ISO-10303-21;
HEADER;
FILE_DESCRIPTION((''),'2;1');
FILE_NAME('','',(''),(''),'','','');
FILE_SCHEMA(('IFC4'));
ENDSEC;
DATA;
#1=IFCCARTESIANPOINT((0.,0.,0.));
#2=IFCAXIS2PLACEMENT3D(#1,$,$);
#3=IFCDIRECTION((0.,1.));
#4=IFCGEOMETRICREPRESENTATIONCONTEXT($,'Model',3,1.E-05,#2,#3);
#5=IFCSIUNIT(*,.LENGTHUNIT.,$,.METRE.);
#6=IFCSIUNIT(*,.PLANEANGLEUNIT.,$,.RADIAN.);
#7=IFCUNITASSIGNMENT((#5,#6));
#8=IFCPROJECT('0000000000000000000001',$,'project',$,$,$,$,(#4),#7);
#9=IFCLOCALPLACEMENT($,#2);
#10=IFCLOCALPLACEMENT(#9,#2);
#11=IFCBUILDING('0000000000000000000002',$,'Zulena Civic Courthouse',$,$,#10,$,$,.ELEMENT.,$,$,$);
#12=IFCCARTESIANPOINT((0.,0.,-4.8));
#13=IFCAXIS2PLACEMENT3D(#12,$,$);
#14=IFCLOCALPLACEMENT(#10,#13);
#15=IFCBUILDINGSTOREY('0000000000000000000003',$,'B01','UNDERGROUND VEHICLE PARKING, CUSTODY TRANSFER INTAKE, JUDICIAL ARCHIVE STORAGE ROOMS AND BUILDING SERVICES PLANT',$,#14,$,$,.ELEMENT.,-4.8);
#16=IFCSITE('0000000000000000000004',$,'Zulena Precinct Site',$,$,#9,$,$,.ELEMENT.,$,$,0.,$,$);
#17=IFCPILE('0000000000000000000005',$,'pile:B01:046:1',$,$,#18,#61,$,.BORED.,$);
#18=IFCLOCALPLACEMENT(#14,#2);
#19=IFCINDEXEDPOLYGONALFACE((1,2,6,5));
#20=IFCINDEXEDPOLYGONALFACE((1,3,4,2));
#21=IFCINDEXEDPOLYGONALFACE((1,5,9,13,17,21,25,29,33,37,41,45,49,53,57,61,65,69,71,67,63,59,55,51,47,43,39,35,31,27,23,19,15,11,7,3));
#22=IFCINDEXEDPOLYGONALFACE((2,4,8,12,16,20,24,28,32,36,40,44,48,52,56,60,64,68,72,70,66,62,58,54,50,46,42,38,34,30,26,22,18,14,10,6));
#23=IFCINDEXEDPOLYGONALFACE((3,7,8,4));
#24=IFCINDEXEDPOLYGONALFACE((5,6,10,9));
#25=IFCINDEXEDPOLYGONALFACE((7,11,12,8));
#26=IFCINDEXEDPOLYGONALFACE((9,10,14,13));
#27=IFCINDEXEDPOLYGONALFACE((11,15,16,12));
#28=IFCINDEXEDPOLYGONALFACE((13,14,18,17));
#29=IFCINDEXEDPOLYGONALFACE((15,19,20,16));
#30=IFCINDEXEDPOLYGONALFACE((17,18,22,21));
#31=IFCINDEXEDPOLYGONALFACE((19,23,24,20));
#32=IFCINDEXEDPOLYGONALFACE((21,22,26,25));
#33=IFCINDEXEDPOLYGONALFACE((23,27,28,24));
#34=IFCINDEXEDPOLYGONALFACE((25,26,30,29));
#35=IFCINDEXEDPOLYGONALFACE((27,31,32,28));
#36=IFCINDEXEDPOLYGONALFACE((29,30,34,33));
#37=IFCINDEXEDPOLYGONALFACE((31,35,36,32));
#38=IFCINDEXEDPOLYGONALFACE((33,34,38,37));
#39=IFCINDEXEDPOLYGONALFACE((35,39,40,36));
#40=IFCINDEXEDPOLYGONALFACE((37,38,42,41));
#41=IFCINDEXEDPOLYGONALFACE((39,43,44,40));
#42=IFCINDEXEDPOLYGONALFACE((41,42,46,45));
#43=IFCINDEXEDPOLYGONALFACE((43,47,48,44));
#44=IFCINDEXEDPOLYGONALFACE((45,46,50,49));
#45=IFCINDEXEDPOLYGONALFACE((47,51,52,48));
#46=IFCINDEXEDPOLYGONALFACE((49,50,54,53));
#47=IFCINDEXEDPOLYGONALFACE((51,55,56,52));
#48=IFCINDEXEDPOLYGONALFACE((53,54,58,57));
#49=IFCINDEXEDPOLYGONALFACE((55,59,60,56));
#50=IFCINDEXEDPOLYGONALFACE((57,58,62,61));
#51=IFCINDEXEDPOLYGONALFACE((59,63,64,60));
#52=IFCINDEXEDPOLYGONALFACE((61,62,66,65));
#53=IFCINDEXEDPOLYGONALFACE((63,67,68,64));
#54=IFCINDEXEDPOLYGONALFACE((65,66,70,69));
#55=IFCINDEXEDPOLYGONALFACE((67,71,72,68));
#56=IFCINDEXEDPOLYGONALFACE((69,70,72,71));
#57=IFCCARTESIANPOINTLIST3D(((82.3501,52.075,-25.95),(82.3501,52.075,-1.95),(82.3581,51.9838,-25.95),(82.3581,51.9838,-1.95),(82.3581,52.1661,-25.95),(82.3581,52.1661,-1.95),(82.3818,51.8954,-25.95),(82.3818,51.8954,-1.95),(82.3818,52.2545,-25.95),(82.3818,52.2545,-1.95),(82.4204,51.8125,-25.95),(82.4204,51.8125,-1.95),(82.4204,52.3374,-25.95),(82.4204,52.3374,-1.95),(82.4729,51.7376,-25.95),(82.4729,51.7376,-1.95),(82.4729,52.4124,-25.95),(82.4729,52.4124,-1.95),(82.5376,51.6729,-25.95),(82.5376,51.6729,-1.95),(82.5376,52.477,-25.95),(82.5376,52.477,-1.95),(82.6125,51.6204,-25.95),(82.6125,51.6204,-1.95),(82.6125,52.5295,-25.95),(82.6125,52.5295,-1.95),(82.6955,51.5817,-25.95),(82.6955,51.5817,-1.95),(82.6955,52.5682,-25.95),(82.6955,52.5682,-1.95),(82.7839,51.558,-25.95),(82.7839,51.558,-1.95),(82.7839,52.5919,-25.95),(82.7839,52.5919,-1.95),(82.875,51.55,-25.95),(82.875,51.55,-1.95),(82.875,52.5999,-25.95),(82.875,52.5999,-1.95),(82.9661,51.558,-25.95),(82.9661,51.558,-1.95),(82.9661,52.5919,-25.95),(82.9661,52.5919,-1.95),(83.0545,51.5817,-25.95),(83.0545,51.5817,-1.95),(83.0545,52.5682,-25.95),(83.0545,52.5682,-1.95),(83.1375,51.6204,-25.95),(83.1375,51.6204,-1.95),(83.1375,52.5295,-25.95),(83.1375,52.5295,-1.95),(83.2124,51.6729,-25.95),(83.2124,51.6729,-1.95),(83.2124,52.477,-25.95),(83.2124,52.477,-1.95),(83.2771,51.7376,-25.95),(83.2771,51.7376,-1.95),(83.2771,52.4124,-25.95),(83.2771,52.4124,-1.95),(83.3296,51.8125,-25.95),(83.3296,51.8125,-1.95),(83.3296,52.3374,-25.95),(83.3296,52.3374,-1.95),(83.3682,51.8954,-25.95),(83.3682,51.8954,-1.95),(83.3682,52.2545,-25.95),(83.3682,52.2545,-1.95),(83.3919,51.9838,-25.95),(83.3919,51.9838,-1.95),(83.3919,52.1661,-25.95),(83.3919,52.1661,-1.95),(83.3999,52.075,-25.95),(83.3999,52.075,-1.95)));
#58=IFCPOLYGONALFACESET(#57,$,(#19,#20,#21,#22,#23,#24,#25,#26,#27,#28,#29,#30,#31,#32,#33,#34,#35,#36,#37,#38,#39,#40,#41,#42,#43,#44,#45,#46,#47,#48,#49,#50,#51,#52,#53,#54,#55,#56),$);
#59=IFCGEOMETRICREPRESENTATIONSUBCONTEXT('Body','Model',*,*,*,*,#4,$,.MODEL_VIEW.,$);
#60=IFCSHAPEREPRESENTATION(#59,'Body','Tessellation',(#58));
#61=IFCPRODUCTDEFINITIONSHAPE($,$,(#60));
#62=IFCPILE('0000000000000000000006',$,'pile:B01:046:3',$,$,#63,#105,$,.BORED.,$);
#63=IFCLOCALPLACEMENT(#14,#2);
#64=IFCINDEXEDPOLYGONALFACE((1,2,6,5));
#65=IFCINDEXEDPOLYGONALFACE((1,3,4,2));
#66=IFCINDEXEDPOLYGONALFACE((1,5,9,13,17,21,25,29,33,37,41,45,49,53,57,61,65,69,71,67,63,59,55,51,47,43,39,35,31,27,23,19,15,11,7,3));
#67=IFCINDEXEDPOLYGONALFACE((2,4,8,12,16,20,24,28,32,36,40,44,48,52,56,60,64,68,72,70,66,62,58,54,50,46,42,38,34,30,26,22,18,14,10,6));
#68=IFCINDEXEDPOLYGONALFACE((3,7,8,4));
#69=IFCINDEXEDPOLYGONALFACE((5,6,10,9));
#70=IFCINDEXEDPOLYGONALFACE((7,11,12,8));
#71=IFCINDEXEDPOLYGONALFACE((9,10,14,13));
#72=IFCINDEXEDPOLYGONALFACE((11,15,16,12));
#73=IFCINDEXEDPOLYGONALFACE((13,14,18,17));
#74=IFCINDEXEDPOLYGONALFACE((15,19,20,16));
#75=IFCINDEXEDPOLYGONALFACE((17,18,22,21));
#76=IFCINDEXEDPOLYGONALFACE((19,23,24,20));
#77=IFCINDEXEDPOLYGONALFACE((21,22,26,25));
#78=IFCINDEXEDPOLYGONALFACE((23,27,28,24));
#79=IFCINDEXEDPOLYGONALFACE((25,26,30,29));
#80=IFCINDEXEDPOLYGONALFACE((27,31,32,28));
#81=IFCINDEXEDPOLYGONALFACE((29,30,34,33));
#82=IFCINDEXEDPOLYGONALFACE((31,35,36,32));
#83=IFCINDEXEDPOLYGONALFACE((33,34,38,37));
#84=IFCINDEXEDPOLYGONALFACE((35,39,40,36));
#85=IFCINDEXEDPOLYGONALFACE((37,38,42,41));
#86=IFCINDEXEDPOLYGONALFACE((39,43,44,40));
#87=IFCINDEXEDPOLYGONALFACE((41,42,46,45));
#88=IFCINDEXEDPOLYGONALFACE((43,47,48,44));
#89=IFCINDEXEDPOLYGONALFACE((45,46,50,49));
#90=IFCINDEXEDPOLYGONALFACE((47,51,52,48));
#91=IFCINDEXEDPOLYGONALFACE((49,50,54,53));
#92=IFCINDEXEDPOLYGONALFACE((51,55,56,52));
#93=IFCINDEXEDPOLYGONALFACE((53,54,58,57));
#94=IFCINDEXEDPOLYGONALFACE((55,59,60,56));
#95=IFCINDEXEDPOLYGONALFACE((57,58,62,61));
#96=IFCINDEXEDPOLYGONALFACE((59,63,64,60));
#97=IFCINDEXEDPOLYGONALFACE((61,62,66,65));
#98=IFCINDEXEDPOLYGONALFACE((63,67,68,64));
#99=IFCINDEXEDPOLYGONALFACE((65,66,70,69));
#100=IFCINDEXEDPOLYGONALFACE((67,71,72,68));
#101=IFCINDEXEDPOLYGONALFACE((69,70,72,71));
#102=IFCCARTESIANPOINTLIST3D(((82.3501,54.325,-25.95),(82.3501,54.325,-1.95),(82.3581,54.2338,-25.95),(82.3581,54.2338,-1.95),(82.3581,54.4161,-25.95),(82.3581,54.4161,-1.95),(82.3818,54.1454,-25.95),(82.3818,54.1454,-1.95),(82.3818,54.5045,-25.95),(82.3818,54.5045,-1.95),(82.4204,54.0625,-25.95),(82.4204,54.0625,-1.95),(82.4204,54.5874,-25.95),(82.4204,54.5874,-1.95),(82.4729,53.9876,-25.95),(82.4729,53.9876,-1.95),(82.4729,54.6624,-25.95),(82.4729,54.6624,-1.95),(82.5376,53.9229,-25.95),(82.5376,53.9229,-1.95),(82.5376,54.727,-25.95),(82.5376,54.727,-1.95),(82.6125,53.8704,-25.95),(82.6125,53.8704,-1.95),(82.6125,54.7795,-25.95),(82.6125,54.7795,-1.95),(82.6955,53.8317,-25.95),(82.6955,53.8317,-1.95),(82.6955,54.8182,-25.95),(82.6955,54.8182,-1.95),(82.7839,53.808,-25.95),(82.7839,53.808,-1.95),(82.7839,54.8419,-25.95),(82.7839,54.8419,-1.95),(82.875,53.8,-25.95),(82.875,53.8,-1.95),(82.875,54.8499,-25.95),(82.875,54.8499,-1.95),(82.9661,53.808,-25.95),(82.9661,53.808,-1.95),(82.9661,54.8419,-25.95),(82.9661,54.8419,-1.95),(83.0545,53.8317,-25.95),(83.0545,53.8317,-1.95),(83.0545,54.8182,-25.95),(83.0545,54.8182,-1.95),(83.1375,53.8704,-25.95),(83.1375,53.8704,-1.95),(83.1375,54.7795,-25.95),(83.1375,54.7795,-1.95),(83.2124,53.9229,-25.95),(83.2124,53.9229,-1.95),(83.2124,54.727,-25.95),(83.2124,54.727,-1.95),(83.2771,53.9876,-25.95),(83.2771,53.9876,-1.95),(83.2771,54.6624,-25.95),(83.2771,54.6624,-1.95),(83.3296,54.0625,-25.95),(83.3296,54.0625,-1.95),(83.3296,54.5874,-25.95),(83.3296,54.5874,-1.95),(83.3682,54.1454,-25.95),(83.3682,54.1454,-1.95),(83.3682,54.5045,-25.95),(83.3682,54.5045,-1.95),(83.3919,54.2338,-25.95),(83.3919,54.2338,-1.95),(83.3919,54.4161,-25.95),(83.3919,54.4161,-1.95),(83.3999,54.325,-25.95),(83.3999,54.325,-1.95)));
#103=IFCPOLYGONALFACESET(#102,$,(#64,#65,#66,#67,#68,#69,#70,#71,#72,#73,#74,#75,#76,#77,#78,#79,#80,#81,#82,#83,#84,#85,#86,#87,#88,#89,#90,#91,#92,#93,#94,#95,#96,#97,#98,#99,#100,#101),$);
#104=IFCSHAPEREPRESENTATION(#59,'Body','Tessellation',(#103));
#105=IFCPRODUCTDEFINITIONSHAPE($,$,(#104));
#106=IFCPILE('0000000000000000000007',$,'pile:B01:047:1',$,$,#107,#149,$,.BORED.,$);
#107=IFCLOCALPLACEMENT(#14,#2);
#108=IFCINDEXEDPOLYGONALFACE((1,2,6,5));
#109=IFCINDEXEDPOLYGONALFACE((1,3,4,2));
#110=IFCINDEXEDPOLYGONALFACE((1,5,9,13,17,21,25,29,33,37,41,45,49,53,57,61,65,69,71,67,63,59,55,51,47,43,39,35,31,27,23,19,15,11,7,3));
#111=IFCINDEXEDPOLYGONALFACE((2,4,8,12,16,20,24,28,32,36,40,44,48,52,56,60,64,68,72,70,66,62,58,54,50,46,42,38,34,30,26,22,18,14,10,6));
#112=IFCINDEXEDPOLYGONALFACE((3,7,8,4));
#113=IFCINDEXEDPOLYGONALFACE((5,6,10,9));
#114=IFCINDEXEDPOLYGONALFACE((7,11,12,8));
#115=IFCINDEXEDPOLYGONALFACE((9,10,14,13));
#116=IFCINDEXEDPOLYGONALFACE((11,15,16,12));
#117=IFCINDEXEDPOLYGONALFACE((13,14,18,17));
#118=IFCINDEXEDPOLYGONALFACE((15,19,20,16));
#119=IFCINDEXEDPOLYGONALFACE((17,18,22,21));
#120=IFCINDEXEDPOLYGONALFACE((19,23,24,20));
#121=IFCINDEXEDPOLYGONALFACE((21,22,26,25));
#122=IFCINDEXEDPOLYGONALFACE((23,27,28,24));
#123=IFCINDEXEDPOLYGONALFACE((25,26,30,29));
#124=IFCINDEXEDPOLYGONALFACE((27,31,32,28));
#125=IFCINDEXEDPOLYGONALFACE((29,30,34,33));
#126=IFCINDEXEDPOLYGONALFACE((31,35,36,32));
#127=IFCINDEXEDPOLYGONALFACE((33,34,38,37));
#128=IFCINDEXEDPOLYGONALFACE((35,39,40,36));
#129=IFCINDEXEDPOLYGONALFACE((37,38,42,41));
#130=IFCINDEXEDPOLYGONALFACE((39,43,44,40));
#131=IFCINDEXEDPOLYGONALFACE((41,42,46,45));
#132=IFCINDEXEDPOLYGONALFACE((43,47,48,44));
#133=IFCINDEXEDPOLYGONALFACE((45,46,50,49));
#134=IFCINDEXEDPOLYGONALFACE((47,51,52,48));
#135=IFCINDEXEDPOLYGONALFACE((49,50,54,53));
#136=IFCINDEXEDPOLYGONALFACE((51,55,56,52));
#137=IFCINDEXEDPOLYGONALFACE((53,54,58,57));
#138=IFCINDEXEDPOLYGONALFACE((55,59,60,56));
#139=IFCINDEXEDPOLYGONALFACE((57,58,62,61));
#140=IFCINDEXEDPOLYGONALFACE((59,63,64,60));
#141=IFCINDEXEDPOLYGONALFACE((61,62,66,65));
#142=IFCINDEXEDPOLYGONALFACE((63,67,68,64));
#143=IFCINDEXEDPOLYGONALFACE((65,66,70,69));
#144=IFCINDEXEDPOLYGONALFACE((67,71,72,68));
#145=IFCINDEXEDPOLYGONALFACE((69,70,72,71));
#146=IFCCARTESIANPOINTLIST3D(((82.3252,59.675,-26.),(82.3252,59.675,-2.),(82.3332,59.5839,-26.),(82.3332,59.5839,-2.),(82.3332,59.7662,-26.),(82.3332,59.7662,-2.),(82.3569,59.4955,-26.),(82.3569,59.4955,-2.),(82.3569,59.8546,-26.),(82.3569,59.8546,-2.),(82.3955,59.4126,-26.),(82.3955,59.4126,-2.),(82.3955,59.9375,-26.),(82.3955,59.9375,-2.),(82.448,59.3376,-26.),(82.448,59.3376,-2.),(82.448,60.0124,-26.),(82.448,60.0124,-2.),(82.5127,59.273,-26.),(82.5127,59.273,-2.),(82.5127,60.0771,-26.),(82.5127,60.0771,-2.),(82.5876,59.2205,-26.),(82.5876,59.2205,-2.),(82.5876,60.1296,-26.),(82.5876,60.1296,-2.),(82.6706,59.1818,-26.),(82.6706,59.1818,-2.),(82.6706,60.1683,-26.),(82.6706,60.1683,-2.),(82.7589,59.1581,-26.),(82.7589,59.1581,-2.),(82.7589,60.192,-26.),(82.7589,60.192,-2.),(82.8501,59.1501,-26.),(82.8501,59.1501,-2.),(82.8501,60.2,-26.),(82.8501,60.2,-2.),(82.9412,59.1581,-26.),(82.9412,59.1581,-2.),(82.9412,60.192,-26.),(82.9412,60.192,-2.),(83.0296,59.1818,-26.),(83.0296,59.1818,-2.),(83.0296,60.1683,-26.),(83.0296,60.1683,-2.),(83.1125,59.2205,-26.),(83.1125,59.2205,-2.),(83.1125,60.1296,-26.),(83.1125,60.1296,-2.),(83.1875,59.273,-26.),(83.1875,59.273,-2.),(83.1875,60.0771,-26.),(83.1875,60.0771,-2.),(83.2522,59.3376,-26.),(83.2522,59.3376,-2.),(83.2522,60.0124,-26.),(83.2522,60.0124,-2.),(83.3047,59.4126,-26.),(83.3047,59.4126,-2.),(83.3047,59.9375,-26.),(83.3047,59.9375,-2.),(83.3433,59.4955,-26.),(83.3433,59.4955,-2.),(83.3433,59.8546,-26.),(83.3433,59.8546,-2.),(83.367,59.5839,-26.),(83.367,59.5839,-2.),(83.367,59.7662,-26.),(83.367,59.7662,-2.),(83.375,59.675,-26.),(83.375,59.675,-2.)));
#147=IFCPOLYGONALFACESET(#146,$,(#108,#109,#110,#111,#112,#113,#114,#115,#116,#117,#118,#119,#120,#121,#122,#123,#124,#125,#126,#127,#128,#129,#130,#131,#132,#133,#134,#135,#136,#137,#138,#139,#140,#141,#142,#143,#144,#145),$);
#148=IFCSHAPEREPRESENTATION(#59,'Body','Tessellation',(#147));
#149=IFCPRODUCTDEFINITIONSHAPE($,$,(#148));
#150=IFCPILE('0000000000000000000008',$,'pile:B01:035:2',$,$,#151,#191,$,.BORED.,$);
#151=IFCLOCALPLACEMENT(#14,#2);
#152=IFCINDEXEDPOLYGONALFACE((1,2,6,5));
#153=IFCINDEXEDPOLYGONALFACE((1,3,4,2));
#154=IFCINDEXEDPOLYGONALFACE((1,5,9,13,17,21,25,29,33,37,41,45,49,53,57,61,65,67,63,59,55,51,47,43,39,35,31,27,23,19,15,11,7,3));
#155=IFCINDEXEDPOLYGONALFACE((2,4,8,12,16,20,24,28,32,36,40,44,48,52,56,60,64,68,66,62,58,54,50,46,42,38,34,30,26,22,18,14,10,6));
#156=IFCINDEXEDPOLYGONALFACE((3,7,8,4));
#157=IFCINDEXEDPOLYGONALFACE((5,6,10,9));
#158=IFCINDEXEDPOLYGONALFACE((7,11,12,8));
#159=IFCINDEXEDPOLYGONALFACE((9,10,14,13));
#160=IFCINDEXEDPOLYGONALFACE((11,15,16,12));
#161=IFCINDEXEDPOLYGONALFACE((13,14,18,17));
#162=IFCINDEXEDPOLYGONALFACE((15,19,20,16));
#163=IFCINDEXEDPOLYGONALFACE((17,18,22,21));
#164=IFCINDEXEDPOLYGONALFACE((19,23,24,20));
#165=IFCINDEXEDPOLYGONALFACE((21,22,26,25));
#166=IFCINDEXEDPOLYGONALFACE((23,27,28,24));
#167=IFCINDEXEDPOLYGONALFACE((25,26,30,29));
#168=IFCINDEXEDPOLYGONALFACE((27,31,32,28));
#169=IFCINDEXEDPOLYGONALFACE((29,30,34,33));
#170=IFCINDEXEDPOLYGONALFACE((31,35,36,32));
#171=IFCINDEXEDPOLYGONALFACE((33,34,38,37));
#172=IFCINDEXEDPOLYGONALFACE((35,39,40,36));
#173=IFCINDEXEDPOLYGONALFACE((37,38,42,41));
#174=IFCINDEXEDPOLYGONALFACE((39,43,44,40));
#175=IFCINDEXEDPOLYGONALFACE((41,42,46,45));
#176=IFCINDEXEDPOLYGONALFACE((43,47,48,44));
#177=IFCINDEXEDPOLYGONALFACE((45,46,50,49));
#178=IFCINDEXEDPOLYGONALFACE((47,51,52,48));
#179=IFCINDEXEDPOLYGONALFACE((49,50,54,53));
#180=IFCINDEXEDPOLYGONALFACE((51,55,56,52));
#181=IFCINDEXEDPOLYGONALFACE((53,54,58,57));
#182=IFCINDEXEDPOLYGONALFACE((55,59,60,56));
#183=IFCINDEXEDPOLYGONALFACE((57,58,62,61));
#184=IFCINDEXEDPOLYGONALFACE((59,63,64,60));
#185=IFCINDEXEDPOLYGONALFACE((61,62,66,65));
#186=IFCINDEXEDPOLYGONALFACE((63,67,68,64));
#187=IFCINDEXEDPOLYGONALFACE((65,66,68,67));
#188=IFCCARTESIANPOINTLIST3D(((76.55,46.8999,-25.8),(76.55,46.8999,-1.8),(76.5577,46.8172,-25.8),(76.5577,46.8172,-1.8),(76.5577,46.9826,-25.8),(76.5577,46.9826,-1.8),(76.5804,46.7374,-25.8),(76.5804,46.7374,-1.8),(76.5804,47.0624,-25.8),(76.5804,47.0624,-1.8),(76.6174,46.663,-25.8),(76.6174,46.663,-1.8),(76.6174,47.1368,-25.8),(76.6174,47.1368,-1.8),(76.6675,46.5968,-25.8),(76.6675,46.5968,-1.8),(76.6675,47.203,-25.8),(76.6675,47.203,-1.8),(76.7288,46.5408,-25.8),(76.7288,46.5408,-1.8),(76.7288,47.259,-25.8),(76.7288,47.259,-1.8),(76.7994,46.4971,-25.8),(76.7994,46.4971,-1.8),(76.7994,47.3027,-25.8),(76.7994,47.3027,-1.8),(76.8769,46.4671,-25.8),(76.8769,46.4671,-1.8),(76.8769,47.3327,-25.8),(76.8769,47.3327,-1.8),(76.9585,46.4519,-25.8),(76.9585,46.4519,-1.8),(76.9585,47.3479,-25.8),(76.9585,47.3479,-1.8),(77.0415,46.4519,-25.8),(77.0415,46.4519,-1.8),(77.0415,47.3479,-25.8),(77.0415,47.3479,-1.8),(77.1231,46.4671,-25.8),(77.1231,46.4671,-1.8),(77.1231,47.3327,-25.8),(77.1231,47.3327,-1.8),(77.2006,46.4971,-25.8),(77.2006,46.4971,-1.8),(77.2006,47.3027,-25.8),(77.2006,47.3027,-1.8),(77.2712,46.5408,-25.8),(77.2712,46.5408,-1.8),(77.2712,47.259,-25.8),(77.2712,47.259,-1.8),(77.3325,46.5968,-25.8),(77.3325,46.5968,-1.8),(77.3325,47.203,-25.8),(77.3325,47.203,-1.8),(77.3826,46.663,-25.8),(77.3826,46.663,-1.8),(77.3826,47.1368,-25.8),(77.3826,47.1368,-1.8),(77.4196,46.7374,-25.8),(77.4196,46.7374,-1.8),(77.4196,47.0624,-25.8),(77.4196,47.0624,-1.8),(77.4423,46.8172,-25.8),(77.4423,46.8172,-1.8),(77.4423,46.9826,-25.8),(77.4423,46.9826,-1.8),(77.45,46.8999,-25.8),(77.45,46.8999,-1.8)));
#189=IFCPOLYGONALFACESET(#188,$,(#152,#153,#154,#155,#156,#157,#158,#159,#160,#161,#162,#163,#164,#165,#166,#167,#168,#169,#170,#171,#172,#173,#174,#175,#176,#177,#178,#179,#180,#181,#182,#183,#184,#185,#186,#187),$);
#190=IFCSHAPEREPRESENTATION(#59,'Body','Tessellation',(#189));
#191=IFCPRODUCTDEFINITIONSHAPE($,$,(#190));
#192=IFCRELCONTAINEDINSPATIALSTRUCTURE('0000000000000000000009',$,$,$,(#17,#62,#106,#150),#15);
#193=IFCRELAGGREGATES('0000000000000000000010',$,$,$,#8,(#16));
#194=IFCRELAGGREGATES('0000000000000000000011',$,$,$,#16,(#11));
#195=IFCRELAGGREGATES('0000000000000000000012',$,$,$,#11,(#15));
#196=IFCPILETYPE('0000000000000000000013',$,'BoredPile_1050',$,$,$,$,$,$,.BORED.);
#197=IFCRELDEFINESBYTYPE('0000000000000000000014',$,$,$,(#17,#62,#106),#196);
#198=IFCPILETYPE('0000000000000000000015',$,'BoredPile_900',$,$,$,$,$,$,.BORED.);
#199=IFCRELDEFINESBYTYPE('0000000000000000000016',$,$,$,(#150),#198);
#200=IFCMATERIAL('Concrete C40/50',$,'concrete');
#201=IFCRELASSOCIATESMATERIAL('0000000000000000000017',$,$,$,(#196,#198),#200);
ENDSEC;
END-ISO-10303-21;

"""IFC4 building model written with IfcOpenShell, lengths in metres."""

from ifc_helpers import new_model, si_unit, direction, frame, origin, origin_2d, place, context, subcontext, project, spatial, circle, extrude, material, material_profile, profile_set, type_object, element, save


model = new_model("IFC4")

# Units and contexts
model_context = context("Model", 3, precision=1e-05, world=origin(), true_north=direction((0.0, 1.0)))
body_context = subcontext(model_context, "Body", "Model", "MODEL_VIEW")
ifc_project = project(units=[si_unit("LENGTHUNIT", "METRE"), si_unit("PLANEANGLEUNIT", "RADIAN")], contexts=[model_context])

# Site, building, storey
site_placement = place(None, origin())
site = spatial("IfcSite", under=ifc_project, at=site_placement, Name="Zulena Precinct Site", CompositionType="ELEMENT", RefElevation=0.0)
building_placement = place(site_placement, origin())
building = spatial("IfcBuilding", under=site, at=building_placement, Name="Zulena Civic Courthouse", CompositionType="ELEMENT")
storey_placement = place(building_placement, frame((0.0, 0.0, -4.8)))
storey = spatial("IfcBuildingStorey", under=building, at=storey_placement, Name="B01", Description="UNDERGROUND VEHICLE PARKING, CUSTODY TRANSFER INTAKE, JUDICIAL ARCHIVE STORAGE ROOMS AND BUILDING SERVICES PLANT", CompositionType="ELEMENT", Elevation=-4.8)

# Piles
ifc_material_1 = material(Name="Concrete C40/50", Category="concrete")
ifc_material_profile_1 = material_profile(ifc_material_1, circle(Radius=0.5249, at=origin_2d()), Name="PILE1050")
ifc_profile_set_1 = profile_set([ifc_material_profile_1], Name="Concrete C40/50")
pile_type_1 = type_object("IfcPileType", Name="BoredPile_1050", PredefinedType="BORED", material=ifc_profile_set_1)
for number, where, z_axis, x_axis, name in (
    (1, (82.875, 52.075, -1.95), (0.0, 0.0, -1.0), (1.0, 0.0, 0.0), "pile:B01:046:1"),
    (2, (82.875, 54.325, -1.95), (0.0, 0.0, -1.0), (1.0, 0.0, 0.0), "pile:B01:046:3"),
    (3, (82.8501, 59.675, -2.0), (0.0, 0.0, -1.0), (1.0, 0.0, 0.0), "pile:B01:047:1"),
):
    element("IfcPile", number, at=place(storey_placement, frame(where, z_axis=z_axis, x_axis=x_axis)), inside=storey, type_object=pile_type_1, Name=name, PredefinedType="BORED", context=body_context, shape_type="SweptSolid", body=[
        extrude(circle(Radius=0.5249, at=origin_2d()), origin(), (0.0, 0.0, 1.0), 24.0),
    ])
ifc_material_profile_2 = material_profile(ifc_material_1, circle(Radius=0.45, at=origin_2d()), Name="PILE900")
ifc_profile_set_2 = profile_set([ifc_material_profile_2], Name="Concrete C40/50")
pile_type_2 = type_object("IfcPileType", Name="BoredPile_900", PredefinedType="BORED", material=ifc_profile_set_2)
for number, where, z_axis, x_axis, name in (
    (4, (77.0, 46.8999, -1.8), (0.0, 0.0, -1.0), (1.0, 0.0, 0.0), "pile:B01:035:2"),
):
    element("IfcPile", number, at=place(storey_placement, frame(where, z_axis=z_axis, x_axis=x_axis)), inside=storey, type_object=pile_type_2, Name=name, PredefinedType="BORED", context=body_context, shape_type="SweptSolid", body=[
        extrude(circle(Radius=0.45, at=origin_2d()), origin(), (0.0, 0.0, 1.0), 24.0),
    ])

save(model, "model.ifc")
